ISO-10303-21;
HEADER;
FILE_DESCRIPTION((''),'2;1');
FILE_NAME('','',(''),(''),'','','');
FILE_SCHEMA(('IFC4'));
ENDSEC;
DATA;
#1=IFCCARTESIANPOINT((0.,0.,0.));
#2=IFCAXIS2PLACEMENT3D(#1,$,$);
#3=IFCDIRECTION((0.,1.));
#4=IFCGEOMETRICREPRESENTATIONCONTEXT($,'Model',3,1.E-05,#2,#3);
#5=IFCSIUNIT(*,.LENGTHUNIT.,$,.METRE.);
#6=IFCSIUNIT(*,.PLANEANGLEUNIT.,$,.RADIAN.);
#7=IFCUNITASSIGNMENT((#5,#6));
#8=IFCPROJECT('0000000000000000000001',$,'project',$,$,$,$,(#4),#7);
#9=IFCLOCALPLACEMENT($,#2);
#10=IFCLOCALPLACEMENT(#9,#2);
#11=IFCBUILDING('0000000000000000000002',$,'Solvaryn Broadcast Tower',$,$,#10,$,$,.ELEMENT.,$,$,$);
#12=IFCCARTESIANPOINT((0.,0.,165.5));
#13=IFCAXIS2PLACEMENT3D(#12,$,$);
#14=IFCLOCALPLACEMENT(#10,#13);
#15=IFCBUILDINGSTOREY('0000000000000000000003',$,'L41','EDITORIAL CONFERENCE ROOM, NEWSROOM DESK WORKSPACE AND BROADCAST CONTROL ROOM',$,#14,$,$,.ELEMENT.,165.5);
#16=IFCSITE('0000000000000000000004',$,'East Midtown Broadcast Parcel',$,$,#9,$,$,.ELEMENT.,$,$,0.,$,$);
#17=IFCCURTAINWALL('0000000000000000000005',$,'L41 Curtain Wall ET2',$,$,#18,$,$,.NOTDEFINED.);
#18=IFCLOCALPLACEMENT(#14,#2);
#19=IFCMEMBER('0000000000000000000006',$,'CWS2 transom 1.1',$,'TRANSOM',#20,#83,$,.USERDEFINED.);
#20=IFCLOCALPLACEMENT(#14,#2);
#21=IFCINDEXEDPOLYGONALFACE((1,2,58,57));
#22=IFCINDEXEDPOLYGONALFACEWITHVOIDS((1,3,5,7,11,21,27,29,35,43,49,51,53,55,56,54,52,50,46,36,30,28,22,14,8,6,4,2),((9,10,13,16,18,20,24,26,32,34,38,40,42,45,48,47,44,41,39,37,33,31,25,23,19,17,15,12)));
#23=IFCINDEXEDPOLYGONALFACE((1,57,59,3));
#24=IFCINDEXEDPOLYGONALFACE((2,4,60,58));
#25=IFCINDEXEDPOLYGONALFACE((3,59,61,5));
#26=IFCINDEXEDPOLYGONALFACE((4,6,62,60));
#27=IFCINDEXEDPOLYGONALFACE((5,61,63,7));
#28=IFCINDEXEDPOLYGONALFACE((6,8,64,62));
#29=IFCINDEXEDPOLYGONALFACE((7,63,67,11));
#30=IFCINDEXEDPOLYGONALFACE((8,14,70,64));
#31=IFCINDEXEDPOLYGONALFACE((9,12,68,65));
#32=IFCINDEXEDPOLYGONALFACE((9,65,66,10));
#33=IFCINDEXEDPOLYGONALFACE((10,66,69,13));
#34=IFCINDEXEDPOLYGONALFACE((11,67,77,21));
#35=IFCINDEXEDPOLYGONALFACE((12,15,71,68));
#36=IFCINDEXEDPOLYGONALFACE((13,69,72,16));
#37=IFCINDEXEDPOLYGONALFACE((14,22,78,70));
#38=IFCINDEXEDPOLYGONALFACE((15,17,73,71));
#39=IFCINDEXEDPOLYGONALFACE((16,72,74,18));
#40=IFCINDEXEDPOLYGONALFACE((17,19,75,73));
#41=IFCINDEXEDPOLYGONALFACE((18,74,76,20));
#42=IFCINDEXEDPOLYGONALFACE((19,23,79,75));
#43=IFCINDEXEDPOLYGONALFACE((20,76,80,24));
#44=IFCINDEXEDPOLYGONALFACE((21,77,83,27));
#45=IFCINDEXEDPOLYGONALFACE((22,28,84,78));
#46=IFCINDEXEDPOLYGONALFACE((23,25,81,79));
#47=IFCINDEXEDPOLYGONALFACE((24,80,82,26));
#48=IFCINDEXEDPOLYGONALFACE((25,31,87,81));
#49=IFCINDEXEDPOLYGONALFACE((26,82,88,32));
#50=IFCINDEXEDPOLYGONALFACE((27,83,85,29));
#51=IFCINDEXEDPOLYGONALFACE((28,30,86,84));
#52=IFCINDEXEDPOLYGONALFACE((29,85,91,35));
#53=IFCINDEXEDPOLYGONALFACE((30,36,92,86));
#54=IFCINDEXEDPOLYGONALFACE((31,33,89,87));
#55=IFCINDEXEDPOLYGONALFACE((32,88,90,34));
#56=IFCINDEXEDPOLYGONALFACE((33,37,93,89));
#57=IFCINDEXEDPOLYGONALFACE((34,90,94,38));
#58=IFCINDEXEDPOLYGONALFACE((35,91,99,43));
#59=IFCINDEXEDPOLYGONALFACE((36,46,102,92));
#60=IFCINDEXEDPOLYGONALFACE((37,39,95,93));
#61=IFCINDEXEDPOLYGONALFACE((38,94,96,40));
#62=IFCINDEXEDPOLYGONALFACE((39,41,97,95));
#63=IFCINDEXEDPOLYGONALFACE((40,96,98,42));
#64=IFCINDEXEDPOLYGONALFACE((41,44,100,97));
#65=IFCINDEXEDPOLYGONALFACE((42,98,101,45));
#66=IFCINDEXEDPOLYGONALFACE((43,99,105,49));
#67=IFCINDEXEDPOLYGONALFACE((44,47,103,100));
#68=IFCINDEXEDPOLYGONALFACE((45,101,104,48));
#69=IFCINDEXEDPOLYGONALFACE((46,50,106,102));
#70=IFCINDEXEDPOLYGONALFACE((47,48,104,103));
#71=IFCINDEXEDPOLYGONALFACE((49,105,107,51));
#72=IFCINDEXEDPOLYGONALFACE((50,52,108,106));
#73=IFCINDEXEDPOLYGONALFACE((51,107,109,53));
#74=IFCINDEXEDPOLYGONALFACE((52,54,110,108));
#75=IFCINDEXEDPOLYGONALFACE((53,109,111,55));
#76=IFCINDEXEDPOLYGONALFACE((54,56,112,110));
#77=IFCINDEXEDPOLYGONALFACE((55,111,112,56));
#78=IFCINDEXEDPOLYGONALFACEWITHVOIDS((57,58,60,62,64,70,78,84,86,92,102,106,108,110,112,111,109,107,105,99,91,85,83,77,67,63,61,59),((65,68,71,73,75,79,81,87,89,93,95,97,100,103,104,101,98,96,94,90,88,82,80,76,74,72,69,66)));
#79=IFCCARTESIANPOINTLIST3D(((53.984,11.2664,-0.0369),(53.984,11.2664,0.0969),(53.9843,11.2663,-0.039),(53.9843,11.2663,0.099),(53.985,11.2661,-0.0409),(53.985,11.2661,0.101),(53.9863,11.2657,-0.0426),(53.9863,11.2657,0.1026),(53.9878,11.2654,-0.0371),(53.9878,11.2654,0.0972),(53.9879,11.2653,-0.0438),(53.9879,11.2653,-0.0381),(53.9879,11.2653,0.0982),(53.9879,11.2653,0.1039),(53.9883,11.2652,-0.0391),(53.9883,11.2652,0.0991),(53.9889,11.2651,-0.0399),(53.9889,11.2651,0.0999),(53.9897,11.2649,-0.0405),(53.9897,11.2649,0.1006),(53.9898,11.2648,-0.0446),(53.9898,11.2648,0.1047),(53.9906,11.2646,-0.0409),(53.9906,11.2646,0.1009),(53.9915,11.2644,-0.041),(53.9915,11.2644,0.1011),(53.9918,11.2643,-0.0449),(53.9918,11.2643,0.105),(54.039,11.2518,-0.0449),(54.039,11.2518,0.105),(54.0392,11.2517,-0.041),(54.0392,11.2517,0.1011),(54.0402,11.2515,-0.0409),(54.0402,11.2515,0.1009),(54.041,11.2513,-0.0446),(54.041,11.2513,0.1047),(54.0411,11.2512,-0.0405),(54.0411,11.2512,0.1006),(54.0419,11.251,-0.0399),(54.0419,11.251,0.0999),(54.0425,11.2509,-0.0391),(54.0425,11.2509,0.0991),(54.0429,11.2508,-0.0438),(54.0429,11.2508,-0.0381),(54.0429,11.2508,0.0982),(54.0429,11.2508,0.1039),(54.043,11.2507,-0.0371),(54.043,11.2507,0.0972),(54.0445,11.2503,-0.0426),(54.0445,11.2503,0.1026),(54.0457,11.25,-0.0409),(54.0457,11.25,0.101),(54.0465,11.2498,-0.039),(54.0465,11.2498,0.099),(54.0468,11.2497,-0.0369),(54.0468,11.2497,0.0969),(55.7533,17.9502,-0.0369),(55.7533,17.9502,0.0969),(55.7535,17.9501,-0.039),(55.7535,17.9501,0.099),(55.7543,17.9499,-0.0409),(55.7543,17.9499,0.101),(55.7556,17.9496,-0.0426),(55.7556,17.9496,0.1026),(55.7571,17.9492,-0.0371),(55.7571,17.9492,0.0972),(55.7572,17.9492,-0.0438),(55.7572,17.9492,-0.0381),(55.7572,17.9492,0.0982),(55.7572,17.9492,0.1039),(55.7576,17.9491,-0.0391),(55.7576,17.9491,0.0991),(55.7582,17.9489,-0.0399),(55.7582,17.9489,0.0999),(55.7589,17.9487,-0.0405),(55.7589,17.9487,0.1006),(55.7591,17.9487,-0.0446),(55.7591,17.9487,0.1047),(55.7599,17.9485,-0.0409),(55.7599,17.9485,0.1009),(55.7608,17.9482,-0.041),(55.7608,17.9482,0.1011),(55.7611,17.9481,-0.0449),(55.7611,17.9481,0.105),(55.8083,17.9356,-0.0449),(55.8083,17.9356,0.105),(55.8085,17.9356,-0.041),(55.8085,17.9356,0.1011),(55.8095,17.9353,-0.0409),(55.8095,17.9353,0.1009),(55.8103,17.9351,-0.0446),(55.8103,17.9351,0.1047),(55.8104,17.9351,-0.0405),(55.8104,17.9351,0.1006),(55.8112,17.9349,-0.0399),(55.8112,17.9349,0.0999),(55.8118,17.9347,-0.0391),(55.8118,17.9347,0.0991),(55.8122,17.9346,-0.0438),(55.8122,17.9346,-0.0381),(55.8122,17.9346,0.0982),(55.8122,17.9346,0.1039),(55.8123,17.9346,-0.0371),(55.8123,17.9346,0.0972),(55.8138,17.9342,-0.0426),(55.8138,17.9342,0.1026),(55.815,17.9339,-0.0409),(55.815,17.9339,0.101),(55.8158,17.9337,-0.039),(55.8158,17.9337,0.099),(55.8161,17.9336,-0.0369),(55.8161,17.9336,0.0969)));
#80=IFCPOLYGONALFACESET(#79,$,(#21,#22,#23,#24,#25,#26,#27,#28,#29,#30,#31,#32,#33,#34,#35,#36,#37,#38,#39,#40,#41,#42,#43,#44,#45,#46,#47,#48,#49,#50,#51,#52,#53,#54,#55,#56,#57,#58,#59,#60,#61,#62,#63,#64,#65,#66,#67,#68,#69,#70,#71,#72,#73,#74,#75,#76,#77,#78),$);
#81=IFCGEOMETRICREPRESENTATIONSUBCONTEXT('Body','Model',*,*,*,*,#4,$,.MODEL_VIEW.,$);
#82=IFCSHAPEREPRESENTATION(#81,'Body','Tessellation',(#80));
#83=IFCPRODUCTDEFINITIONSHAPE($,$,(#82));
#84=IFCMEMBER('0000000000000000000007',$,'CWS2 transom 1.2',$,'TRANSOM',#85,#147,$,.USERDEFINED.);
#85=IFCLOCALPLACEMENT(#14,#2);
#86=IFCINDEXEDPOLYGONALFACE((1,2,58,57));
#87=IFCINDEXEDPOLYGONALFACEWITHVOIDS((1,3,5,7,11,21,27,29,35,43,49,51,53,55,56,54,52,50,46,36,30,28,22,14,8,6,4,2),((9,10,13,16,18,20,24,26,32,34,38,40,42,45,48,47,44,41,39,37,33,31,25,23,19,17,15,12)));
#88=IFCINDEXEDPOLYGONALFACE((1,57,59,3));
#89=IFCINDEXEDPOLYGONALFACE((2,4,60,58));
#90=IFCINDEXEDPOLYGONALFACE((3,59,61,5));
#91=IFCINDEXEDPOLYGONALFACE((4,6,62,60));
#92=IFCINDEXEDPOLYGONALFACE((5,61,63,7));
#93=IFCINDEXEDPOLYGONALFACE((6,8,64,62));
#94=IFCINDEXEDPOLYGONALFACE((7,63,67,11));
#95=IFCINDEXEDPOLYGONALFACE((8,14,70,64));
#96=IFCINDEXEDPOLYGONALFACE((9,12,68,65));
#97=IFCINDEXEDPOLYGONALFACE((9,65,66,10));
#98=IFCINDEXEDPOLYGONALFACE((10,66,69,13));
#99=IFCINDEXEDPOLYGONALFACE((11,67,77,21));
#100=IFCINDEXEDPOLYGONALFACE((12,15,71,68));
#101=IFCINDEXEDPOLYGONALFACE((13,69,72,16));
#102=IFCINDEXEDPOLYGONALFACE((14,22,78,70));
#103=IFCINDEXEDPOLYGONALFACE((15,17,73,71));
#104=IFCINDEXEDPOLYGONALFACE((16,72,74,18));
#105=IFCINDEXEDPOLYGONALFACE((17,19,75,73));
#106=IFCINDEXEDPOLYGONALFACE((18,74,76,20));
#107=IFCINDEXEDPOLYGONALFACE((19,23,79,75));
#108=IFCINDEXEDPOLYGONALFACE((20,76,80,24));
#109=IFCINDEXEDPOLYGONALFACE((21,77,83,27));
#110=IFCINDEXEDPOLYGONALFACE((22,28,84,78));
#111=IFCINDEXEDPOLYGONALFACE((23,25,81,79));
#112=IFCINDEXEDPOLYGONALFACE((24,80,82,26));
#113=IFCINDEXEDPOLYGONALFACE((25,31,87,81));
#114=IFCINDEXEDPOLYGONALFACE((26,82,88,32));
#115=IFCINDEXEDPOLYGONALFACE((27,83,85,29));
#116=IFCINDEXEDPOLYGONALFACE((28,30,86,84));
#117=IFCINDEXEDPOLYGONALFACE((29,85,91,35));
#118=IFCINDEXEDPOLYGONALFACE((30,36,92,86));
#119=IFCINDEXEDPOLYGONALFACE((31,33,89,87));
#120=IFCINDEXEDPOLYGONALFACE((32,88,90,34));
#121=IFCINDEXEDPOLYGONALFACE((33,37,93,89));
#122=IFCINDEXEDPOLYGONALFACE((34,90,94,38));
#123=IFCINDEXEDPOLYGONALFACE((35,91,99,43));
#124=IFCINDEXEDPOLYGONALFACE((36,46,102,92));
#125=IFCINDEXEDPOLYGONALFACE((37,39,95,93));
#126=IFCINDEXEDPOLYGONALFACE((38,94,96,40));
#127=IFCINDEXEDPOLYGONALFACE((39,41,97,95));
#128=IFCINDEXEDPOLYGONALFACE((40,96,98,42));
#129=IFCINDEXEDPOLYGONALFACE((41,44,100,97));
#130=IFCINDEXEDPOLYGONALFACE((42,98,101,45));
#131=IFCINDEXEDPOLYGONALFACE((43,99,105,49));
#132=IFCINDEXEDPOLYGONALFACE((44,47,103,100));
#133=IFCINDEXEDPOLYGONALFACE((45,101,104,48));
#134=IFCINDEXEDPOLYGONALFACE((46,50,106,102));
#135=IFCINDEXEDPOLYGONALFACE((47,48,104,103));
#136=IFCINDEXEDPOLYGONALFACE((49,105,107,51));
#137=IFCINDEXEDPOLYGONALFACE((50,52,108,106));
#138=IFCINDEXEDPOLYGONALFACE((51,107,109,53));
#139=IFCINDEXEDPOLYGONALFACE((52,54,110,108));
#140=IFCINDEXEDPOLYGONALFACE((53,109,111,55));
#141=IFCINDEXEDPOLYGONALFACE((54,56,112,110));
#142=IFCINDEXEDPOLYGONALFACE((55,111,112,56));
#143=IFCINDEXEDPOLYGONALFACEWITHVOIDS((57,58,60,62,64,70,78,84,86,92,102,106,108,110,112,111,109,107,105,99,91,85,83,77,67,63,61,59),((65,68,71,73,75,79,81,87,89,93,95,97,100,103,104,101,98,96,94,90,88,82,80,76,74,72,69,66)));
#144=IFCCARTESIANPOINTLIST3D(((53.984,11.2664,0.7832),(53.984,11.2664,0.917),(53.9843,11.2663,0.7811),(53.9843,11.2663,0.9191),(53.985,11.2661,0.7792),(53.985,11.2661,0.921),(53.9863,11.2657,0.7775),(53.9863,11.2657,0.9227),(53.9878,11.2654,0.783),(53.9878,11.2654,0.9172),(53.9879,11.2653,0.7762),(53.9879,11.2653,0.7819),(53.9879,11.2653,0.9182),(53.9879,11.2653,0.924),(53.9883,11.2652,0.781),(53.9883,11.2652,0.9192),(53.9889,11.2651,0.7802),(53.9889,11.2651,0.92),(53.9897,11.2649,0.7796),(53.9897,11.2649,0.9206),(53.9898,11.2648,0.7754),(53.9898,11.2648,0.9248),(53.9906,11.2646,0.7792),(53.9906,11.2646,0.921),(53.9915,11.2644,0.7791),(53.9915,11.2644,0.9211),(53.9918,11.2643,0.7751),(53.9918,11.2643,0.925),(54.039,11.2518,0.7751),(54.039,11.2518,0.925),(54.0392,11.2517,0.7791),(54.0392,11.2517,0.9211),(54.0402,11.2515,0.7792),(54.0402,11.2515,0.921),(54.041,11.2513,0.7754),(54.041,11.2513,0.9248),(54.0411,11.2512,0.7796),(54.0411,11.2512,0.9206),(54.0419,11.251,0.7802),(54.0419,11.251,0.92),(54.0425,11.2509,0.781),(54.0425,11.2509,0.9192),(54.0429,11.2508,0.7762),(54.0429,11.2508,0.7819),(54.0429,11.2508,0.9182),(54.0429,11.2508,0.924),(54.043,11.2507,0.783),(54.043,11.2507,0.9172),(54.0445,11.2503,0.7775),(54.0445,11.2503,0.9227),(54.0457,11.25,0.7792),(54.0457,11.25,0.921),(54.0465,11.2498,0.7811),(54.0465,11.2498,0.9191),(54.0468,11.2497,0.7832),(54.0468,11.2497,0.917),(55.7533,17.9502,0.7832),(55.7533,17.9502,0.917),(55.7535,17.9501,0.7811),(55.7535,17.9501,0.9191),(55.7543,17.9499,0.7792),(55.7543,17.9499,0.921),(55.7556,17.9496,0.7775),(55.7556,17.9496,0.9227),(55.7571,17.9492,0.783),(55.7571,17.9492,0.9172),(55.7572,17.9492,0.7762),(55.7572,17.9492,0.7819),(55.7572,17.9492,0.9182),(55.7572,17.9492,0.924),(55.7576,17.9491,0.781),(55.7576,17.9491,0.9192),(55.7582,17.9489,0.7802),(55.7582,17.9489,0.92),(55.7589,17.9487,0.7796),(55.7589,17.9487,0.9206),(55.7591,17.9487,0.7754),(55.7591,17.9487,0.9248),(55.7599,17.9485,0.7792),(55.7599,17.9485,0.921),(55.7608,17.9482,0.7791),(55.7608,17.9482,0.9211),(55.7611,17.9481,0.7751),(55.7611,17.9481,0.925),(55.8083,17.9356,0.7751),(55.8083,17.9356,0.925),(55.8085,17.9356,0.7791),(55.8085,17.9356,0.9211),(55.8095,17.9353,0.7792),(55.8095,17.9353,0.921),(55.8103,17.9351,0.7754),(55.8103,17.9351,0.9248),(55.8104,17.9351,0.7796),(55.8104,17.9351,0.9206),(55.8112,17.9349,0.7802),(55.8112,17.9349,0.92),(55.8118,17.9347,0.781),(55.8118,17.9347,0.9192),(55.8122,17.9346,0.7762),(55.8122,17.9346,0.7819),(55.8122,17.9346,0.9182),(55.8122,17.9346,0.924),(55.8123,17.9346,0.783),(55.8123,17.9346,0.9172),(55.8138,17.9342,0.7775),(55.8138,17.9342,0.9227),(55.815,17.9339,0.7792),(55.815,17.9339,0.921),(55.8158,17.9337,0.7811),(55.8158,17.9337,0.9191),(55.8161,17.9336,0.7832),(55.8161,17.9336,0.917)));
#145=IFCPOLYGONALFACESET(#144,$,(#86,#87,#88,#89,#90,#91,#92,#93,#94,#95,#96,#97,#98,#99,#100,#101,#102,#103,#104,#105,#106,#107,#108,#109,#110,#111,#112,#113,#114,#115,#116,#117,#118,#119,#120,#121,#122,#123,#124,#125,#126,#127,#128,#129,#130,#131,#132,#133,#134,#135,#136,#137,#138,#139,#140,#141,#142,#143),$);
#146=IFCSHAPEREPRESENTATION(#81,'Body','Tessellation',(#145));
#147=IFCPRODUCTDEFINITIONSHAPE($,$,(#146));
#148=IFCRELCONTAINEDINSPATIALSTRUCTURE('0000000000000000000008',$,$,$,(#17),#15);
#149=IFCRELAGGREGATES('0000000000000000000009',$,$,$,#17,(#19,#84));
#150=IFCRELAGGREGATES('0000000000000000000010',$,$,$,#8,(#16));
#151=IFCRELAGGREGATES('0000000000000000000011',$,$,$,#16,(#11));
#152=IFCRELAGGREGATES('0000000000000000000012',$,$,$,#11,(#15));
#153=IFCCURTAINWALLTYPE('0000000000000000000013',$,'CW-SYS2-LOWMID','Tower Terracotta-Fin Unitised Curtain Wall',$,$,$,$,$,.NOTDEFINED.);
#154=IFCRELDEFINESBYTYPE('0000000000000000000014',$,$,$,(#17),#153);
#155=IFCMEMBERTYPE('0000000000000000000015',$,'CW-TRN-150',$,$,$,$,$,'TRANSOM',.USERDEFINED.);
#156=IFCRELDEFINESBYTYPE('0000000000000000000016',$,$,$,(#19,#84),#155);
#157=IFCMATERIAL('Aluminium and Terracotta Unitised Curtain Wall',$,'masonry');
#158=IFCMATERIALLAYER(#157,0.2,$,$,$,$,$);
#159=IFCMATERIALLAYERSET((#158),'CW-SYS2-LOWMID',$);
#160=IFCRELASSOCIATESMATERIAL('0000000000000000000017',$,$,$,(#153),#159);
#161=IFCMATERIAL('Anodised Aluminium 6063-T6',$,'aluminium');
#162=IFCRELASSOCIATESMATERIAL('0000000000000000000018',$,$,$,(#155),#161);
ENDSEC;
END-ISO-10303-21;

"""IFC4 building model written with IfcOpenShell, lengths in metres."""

from ifc_helpers import new_model, si_unit, direction, frame, origin, origin_2d, place, context, subcontext, project, spatial, hollow_rectangle, extrude, material, layer, layer_set, material_profile, profile_set, type_object, element, aggregate, save


model = new_model("IFC4")

# Units and contexts
model_context = context("Model", 3, precision=1e-05, world=origin(), true_north=direction((0.0, 1.0)))
body_context = subcontext(model_context, "Body", "Model", "MODEL_VIEW")
ifc_project = project(units=[si_unit("LENGTHUNIT", "METRE"), si_unit("PLANEANGLEUNIT", "RADIAN")], contexts=[model_context])

# Site, building, storey
site_placement = place(None, origin())
site = spatial("IfcSite", under=ifc_project, at=site_placement, Name="East Midtown Broadcast Parcel", CompositionType="ELEMENT", RefElevation=0.0)
building_placement = place(site_placement, origin())
building = spatial("IfcBuilding", under=site, at=building_placement, Name="Solvaryn Broadcast Tower", CompositionType="ELEMENT")
storey_placement = place(building_placement, frame((0.0, 0.0, 165.5)))
storey = spatial("IfcBuildingStorey", under=building, at=storey_placement, Name="L41", Description="EDITORIAL CONFERENCE ROOM, NEWSROOM DESK WORKSPACE AND BROADCAST CONTROL ROOM", CompositionType="ELEMENT", Elevation=165.5)

# Shared definitions
ifc_material_1 = material(Name="Aluminium and Terracotta Unitised Curtain Wall", Category="masonry")
ifc_layer_1 = layer(ifc_material_1, 0.2)
ifc_layer_set_1 = layer_set([ifc_layer_1], Name="CW-SYS2-LOWMID")
curtain_wall_type = type_object("IfcCurtainWallType", Name="CW-SYS2-LOWMID", Description="Tower Terracotta-Fin Unitised Curtain Wall", PredefinedType="NOTDEFINED", material=ifc_layer_set_1)

# Curtain wall, members
curtain_wall_1_placement = place(storey_placement, origin())
curtain_wall_1 = element("IfcCurtainWall", 1, at=curtain_wall_1_placement, inside=storey, type_object=curtain_wall_type, Name="L41 Curtain Wall ET2", PredefinedType="NOTDEFINED")
ifc_material_2 = material(Name="Anodised Aluminium 6063-T6", Category="aluminium")
ifc_material_profile_1 = material_profile(ifc_material_2, hollow_rectangle(XDim=0.0649, YDim=0.1499, WallThickness=0.0039, InnerFilletRadius=0.0039, OuterFilletRadius=0.0081, at=origin_2d()))
ifc_profile_set_1 = profile_set([ifc_material_profile_1], Name="Anodised Aluminium 6063-T6")
member_type_1 = type_object("IfcMemberType", Name="CW-TRN-150", ElementType="TRANSOM", PredefinedType="USERDEFINED", material=ifc_profile_set_1)
member_1_placement = place(storey_placement, frame((55.7847, 17.9419, 0.03), z_axis=(-0.255897, -0.966704, 0.0), x_axis=(0.966704, -0.255897, 0.0)))
member_1 = element("IfcMember", 2, at=member_1_placement, type_object=member_type_1, Name="CWS2 transom 1.1", ObjectType="TRANSOM", PredefinedType="USERDEFINED", context=body_context, shape_type="SweptSolid", body=[
    extrude(hollow_rectangle(XDim=0.0649, YDim=0.1499, WallThickness=0.0039, InnerFilletRadius=0.0039, OuterFilletRadius=0.0081, at=origin_2d()), origin(), (0.0, 0.0, 1.0), 6.9141),
])
member_2_placement = place(storey_placement, frame((55.7847, 17.9419, 0.8501), z_axis=(-0.255897, -0.966704, 0.0), x_axis=(0.966704, -0.255897, 0.0)))
member_2 = element("IfcMember", 3, at=member_2_placement, type_object=member_type_1, Name="CWS2 transom 1.2", ObjectType="TRANSOM", PredefinedType="USERDEFINED", context=body_context, shape_type="SweptSolid", body=[
    extrude(hollow_rectangle(XDim=0.0649, YDim=0.1499, WallThickness=0.0039, InnerFilletRadius=0.0039, OuterFilletRadius=0.0081, at=origin_2d()), origin(), (0.0, 0.0, 1.0), 6.9141),
])

aggregate(curtain_wall_1, [member_1, member_2])

save(model, "model.ifc")
